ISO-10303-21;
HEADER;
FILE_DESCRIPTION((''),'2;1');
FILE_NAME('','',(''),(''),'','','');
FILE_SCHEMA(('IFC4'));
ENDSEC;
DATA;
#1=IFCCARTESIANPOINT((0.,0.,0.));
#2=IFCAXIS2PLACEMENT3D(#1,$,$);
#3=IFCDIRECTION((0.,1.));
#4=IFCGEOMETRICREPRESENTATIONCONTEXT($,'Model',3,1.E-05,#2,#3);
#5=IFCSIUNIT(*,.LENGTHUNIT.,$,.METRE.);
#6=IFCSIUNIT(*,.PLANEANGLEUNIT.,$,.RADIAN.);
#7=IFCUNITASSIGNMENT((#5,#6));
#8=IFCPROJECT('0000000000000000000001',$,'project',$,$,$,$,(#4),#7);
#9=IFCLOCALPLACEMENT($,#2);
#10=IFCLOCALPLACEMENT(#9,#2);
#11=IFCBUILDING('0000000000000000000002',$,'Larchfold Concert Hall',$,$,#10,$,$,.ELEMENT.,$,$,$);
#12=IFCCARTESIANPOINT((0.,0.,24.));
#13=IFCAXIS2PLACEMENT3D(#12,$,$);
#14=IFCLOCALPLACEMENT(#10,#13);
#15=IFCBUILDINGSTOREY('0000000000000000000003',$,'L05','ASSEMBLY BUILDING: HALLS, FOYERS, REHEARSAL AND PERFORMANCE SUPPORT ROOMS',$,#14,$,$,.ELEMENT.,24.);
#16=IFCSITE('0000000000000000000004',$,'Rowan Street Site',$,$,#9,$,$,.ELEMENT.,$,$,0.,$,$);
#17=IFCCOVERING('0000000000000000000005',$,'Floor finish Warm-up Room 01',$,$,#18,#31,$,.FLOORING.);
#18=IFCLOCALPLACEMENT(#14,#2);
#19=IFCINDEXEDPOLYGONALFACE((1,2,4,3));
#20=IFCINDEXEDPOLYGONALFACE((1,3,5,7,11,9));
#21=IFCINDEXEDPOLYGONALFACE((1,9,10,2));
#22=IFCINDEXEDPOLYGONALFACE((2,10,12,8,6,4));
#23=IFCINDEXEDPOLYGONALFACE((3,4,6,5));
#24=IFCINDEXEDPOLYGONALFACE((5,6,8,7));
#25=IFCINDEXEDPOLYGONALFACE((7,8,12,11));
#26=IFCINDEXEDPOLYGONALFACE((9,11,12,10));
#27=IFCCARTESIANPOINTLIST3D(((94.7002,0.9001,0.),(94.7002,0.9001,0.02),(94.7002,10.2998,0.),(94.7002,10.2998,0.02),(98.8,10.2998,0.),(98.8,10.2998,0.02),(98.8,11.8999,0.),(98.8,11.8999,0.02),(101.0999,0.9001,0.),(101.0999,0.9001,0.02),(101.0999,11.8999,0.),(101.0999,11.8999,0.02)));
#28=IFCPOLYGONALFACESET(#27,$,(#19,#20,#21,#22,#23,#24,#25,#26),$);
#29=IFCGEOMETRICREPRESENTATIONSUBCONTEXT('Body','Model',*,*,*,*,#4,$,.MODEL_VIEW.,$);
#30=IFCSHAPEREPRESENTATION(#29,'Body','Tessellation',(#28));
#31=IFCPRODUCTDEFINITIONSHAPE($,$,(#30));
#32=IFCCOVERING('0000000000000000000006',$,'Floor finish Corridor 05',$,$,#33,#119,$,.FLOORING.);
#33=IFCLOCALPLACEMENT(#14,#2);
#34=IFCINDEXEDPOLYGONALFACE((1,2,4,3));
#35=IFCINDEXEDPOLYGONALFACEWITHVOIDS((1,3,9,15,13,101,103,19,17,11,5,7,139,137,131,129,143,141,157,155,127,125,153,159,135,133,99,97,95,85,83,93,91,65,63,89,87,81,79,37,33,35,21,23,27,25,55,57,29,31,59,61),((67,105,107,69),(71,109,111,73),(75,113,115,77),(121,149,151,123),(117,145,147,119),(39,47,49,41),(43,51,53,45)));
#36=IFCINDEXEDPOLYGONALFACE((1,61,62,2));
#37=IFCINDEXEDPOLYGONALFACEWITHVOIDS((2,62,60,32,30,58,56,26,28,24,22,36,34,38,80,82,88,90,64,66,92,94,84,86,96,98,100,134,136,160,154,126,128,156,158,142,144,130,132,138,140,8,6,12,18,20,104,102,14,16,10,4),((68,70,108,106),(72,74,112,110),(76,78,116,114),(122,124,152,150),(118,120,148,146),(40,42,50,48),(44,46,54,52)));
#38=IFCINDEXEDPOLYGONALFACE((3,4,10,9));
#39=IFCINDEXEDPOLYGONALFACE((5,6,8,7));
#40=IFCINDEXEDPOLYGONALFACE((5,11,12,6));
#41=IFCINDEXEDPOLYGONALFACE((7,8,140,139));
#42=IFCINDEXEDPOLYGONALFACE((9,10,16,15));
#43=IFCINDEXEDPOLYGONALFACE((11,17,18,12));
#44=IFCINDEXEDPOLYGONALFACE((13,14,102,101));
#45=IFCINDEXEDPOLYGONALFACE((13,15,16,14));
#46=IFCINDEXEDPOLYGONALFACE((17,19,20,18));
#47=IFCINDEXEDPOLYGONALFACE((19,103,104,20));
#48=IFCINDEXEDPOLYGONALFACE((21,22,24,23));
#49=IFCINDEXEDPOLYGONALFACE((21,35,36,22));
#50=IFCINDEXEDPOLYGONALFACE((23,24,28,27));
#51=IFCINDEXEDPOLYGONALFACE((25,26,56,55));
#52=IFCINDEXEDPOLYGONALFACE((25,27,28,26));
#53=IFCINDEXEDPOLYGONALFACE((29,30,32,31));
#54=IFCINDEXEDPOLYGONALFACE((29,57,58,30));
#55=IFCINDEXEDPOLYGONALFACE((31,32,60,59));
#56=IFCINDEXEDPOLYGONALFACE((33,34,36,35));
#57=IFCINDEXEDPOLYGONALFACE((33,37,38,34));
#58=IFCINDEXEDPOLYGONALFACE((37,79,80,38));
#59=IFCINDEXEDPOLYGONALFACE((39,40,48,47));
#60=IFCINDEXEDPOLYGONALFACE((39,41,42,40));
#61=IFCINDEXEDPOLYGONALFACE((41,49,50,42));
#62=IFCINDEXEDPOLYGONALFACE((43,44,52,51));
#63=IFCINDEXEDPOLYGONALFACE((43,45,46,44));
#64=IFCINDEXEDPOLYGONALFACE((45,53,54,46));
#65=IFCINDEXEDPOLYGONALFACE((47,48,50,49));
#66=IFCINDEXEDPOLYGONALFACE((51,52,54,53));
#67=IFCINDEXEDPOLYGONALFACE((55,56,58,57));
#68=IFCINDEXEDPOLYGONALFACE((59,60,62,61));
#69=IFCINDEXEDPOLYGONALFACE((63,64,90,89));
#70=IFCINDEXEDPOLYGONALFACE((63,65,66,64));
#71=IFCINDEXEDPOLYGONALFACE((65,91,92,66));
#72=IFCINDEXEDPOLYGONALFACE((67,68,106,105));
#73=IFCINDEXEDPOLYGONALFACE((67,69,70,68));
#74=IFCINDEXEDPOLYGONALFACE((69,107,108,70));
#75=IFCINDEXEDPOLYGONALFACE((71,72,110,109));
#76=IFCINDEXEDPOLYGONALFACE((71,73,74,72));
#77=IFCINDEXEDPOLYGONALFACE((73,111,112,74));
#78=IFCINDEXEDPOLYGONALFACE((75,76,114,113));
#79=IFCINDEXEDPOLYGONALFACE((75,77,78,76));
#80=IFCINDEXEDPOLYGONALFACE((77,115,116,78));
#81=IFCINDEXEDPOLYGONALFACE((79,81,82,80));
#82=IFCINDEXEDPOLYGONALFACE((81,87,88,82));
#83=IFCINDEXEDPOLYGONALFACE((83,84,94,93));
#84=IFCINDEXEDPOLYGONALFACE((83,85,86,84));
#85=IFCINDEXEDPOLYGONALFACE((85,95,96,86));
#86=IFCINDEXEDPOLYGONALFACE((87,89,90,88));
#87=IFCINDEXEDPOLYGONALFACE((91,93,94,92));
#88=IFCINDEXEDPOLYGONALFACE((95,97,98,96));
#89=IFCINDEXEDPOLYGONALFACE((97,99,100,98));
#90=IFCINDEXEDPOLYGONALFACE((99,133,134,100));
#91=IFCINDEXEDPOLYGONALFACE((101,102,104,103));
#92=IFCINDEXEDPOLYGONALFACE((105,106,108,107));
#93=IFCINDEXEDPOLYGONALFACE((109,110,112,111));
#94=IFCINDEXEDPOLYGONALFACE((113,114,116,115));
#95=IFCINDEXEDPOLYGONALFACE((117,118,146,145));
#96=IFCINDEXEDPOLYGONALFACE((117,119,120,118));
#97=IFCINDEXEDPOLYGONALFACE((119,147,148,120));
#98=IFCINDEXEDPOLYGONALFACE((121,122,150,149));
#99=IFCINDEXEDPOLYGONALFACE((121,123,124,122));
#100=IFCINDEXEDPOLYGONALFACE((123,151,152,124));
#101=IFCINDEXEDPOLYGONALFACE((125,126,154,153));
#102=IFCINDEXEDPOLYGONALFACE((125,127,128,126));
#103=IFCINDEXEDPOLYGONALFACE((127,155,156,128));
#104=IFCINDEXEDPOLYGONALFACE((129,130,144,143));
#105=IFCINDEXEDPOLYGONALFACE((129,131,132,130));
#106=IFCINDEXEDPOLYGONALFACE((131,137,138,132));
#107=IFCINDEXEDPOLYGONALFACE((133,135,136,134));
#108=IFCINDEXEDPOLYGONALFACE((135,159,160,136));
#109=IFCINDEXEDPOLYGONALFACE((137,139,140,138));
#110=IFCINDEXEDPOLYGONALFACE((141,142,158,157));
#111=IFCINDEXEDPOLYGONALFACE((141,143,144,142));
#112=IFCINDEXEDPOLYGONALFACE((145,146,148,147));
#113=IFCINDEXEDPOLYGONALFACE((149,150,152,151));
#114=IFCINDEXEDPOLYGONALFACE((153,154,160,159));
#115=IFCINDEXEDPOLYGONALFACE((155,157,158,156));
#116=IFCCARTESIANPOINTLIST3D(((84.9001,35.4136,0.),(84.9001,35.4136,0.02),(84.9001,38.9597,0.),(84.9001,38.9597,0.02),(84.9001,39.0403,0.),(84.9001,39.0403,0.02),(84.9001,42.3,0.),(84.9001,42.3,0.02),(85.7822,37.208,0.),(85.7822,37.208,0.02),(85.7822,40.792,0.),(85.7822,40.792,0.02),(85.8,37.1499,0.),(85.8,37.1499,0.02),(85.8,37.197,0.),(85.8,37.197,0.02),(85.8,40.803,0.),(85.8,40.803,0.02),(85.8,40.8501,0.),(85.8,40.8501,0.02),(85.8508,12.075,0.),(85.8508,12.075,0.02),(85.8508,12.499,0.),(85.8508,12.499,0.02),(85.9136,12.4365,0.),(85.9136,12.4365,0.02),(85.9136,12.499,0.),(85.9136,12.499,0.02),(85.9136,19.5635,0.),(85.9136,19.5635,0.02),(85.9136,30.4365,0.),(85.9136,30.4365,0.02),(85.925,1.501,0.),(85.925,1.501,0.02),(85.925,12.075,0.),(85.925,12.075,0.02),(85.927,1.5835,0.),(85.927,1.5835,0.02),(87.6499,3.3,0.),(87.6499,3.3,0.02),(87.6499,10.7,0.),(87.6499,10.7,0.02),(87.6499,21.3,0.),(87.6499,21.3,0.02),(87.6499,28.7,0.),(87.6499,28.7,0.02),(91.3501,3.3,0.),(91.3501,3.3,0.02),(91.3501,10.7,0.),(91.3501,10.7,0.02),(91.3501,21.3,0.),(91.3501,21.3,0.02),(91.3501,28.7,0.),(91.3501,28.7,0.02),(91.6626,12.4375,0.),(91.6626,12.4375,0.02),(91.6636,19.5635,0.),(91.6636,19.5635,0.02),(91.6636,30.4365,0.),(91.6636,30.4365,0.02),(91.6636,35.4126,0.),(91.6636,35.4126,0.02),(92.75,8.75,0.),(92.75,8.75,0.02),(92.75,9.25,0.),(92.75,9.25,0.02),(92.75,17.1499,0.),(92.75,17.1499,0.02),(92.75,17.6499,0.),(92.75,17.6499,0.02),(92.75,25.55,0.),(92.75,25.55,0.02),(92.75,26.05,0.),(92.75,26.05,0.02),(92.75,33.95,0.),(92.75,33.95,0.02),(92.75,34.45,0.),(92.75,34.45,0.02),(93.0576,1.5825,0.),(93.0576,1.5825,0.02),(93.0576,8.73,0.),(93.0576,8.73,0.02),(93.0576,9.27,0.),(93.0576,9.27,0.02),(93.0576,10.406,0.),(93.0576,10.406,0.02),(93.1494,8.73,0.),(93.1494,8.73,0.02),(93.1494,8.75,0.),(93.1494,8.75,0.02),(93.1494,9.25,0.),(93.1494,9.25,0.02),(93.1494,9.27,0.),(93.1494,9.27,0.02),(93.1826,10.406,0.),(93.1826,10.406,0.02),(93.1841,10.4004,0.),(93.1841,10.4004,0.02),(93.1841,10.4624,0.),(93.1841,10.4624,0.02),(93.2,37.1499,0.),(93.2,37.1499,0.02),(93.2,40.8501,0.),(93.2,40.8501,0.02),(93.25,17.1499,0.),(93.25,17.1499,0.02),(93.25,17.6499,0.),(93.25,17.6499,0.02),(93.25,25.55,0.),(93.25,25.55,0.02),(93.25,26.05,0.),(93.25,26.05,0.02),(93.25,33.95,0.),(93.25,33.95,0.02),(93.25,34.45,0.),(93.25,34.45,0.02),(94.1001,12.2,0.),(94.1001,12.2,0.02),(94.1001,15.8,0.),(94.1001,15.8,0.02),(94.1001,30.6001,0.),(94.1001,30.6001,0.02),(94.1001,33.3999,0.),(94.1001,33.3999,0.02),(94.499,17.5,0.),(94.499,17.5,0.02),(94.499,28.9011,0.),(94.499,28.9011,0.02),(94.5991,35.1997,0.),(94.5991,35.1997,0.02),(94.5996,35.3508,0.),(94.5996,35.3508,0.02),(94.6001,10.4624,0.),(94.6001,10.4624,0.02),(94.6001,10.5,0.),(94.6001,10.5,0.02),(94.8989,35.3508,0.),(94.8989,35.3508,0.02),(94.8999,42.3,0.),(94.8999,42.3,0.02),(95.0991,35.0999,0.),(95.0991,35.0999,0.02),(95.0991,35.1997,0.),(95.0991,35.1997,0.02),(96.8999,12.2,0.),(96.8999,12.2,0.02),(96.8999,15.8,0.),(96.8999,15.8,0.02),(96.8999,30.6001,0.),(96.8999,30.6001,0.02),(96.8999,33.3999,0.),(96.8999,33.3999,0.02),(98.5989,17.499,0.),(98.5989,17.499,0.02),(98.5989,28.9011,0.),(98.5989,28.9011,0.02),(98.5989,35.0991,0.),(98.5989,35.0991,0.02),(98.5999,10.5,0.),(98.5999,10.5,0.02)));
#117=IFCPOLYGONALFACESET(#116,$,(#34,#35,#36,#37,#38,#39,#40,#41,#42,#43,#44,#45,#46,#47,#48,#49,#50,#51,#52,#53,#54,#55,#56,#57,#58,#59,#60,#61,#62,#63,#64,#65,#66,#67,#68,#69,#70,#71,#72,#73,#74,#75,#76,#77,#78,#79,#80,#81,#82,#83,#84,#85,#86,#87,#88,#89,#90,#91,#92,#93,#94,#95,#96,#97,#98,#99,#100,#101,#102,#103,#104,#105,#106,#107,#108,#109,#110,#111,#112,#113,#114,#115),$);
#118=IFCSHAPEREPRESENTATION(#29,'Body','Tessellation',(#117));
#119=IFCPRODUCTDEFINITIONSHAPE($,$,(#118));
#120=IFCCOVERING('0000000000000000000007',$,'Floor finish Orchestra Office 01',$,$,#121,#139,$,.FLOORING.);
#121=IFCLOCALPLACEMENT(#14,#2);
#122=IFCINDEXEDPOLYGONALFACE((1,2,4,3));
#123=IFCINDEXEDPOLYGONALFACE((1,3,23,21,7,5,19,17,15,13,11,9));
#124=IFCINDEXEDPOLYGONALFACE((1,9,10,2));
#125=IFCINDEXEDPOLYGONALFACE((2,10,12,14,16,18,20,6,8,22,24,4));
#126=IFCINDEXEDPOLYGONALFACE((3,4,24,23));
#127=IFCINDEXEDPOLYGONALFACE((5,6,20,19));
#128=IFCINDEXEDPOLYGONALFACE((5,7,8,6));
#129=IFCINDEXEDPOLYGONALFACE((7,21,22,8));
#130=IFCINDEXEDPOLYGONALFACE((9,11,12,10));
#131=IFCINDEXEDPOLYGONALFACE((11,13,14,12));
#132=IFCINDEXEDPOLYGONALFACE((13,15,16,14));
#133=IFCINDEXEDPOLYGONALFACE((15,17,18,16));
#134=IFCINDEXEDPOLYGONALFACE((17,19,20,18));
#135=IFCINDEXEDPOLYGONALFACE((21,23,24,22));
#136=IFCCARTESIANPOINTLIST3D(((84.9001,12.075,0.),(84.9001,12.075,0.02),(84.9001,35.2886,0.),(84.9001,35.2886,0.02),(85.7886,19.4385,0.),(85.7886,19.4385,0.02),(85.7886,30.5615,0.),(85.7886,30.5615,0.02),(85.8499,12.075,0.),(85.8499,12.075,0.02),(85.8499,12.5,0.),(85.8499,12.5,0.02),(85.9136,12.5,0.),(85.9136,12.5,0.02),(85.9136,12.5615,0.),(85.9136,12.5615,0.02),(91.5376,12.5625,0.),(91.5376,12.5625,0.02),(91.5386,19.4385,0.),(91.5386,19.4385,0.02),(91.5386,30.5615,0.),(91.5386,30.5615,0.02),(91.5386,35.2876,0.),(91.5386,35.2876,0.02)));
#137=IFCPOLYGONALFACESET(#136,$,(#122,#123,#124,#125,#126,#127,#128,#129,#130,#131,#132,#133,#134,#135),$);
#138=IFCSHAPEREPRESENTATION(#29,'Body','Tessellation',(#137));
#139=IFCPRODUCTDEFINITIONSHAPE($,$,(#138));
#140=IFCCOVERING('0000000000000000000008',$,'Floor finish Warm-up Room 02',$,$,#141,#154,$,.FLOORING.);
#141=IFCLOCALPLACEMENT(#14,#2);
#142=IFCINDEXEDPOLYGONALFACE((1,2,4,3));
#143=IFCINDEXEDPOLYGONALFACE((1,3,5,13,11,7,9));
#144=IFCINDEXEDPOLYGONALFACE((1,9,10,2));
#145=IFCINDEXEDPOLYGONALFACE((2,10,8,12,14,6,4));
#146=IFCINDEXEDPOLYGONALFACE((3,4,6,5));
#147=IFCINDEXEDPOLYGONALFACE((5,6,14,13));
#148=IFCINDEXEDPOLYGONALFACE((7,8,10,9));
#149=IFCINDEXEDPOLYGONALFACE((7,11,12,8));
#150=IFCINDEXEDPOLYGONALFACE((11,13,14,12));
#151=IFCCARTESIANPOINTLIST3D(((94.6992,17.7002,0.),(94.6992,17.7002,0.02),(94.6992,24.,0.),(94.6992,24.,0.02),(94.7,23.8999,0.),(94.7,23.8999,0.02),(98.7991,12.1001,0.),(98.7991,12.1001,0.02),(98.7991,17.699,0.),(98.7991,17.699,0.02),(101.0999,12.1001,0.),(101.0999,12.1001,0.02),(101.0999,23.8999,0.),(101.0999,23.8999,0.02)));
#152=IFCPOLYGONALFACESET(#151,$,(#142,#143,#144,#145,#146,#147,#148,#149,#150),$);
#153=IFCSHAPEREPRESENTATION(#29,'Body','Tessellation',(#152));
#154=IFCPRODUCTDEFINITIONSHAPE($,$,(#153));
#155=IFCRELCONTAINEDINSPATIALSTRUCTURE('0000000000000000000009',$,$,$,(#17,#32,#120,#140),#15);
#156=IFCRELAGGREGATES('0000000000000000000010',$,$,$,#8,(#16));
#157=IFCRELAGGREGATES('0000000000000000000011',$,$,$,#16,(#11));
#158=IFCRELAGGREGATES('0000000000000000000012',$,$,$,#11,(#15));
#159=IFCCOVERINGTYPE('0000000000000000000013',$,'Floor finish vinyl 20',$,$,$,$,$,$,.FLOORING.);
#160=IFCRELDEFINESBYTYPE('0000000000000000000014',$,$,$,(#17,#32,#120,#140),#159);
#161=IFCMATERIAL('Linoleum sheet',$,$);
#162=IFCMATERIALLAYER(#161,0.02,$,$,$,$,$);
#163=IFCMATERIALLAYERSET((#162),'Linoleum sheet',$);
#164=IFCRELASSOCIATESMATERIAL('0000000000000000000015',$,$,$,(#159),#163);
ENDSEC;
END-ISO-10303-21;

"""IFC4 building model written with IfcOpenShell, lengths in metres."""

from ifc_helpers import new_model, si_unit, direction, frame, origin, place, context, subcontext, project, spatial, polyline, outline, extrude, material, layer, layer_set, type_object, element, save


model = new_model("IFC4")

# Units and contexts
model_context = context("Model", 3, precision=1e-05, world=origin(), true_north=direction((0.0, 1.0)))
body_context = subcontext(model_context, "Body", "Model", "MODEL_VIEW")
ifc_project = project(units=[si_unit("LENGTHUNIT", "METRE"), si_unit("PLANEANGLEUNIT", "RADIAN")], contexts=[model_context])

# Site, building, storey
site_placement = place(None, origin())
site = spatial("IfcSite", under=ifc_project, at=site_placement, Name="Rowan Street Site", CompositionType="ELEMENT", RefElevation=0.0)
building_placement = place(site_placement, origin())
building = spatial("IfcBuilding", under=site, at=building_placement, Name="Larchfold Concert Hall", CompositionType="ELEMENT")
storey_placement = place(building_placement, frame((0.0, 0.0, 24.0)))
storey = spatial("IfcBuildingStorey", under=building, at=storey_placement, Name="L05", Description="ASSEMBLY BUILDING: HALLS, FOYERS, REHEARSAL AND PERFORMANCE SUPPORT ROOMS", CompositionType="ELEMENT", Elevation=24.0)

# Coverings
ifc_material_1 = material(Name="Linoleum sheet")
ifc_layer_1 = layer(ifc_material_1, 0.02)
ifc_layer_set_1 = layer_set([ifc_layer_1], Name="Linoleum sheet")
covering_type_1 = type_object("IfcCoveringType", Name="Floor finish vinyl 20", PredefinedType="FLOORING", material=ifc_layer_set_1)
covering_1_placement = place(storey_placement, origin())
element("IfcCovering", 1, at=covering_1_placement, inside=storey, type_object=covering_type_1, Name="Floor finish Warm-up Room 01", PredefinedType="FLOORING", context=body_context, shape_type="SweptSolid", body=[
    extrude(outline(polyline([(94.7002, 0.9001), (101.0999, 0.9001), (101.0999, 11.8999), (98.8, 11.8999), (98.8, 10.2998), (94.7002, 10.2998), (94.7002, 0.9001)])), origin(), (0.0, 0.0, 1.0), 0.02),
])
covering_2_placement = place(storey_placement, origin())
element("IfcCovering", 2, at=covering_2_placement, inside=storey, type_object=covering_type_1, Name="Floor finish Corridor 05", PredefinedType="FLOORING", context=body_context, shape_type="SweptSolid", body=[
    extrude(outline(polyline([(85.7822, 37.208), (84.9001, 38.9597), (84.9001, 35.4136), (91.6636, 35.4126), (91.6636, 30.4365), (85.9136, 30.4365), (85.9136, 19.5635), (91.6636, 19.5635), (91.6626, 12.4375), (85.9136, 12.4365), (85.9136, 12.499), (85.8508, 12.499), (85.8508, 12.075), (85.925, 12.075), (85.925, 1.501), (85.927, 1.5835), (93.0576, 1.5825), (93.0576, 8.73), (93.1494, 8.73), (93.1494, 8.75), (92.75, 8.75), (92.75, 9.25), (93.1494, 9.25), (93.1494, 9.27), (93.0576, 9.27), (93.0576, 10.406), (93.1826, 10.406), (93.1841, 10.4004), (93.1841, 10.4624), (94.6001, 10.4624), (94.6001, 10.5), (98.5999, 10.5), (98.5989, 17.499), (94.499, 17.5), (94.499, 28.9011), (98.5989, 28.9011), (98.5989, 35.0991), (95.0991, 35.0999), (95.0991, 35.1997), (94.5991, 35.1997), (94.5996, 35.3508), (94.8989, 35.3508), (94.8999, 42.3), (84.9001, 42.3), (84.9001, 39.0403), (85.7822, 40.792), (85.8, 40.803), (85.8, 40.8501), (93.2, 40.8501), (93.2, 37.1499), (85.8, 37.1499), (85.8, 37.197), (85.7822, 37.208)]), holes=[polyline([(94.1001, 12.2), (94.1001, 15.8), (96.8999, 15.8), (96.8999, 12.2), (94.1001, 12.2)]), polyline([(94.1001, 30.6001), (94.1001, 33.3999), (96.8999, 33.3999), (96.8999, 30.6001), (94.1001, 30.6001)]), polyline([(92.75, 25.55), (92.75, 26.05), (93.25, 26.05), (93.25, 25.55), (92.75, 25.55)]), polyline([(92.75, 33.95), (92.75, 34.45), (93.25, 34.45), (93.25, 33.95), (92.75, 33.95)]), polyline([(93.25, 17.1499), (92.75, 17.1499), (92.75, 17.6499), (93.25, 17.6499), (93.25, 17.1499)]), polyline([(91.3501, 3.3), (87.6499, 3.3), (87.6499, 10.7), (91.3501, 10.7), (91.3501, 3.3)]), polyline([(91.3501, 21.3), (87.6499, 21.3), (87.6499, 28.7), (91.3501, 28.7), (91.3501, 21.3)])]), origin(), (0.0, 0.0, 1.0), 0.02),
])
covering_3_placement = place(storey_placement, origin())
element("IfcCovering", 3, at=covering_3_placement, inside=storey, type_object=covering_type_1, Name="Floor finish Orchestra Office 01", PredefinedType="FLOORING", context=body_context, shape_type="SweptSolid", body=[
    extrude(outline(polyline([(91.5376, 12.5), (91.5386, 19.4385), (85.7886, 19.4385), (85.7886, 30.5615), (91.5386, 30.5615), (91.5386, 35.2876), (84.9001, 35.2886), (84.9001, 12.075), (85.8499, 12.075), (85.8499, 12.5), (85.9136, 12.5), (85.9136, 12.5615), (91.5376, 12.5625), (91.5376, 12.5)])), origin(), (0.0, 0.0, 1.0), 0.02),
])
covering_4_placement = place(storey_placement, origin())
element("IfcCovering", 4, at=covering_4_placement, inside=storey, type_object=covering_type_1, Name="Floor finish Warm-up Room 02", PredefinedType="FLOORING", context=body_context, shape_type="SweptSolid", body=[
    extrude(outline(polyline([(94.7, 23.8999), (94.6992, 24.0), (94.6992, 17.7002), (98.7991, 17.699), (98.7991, 12.1001), (101.0999, 12.1001), (101.0999, 23.8999), (94.7, 23.8999)])), origin(), (0.0, 0.0, 1.0), 0.02),
])

save(model, "model.ifc")
